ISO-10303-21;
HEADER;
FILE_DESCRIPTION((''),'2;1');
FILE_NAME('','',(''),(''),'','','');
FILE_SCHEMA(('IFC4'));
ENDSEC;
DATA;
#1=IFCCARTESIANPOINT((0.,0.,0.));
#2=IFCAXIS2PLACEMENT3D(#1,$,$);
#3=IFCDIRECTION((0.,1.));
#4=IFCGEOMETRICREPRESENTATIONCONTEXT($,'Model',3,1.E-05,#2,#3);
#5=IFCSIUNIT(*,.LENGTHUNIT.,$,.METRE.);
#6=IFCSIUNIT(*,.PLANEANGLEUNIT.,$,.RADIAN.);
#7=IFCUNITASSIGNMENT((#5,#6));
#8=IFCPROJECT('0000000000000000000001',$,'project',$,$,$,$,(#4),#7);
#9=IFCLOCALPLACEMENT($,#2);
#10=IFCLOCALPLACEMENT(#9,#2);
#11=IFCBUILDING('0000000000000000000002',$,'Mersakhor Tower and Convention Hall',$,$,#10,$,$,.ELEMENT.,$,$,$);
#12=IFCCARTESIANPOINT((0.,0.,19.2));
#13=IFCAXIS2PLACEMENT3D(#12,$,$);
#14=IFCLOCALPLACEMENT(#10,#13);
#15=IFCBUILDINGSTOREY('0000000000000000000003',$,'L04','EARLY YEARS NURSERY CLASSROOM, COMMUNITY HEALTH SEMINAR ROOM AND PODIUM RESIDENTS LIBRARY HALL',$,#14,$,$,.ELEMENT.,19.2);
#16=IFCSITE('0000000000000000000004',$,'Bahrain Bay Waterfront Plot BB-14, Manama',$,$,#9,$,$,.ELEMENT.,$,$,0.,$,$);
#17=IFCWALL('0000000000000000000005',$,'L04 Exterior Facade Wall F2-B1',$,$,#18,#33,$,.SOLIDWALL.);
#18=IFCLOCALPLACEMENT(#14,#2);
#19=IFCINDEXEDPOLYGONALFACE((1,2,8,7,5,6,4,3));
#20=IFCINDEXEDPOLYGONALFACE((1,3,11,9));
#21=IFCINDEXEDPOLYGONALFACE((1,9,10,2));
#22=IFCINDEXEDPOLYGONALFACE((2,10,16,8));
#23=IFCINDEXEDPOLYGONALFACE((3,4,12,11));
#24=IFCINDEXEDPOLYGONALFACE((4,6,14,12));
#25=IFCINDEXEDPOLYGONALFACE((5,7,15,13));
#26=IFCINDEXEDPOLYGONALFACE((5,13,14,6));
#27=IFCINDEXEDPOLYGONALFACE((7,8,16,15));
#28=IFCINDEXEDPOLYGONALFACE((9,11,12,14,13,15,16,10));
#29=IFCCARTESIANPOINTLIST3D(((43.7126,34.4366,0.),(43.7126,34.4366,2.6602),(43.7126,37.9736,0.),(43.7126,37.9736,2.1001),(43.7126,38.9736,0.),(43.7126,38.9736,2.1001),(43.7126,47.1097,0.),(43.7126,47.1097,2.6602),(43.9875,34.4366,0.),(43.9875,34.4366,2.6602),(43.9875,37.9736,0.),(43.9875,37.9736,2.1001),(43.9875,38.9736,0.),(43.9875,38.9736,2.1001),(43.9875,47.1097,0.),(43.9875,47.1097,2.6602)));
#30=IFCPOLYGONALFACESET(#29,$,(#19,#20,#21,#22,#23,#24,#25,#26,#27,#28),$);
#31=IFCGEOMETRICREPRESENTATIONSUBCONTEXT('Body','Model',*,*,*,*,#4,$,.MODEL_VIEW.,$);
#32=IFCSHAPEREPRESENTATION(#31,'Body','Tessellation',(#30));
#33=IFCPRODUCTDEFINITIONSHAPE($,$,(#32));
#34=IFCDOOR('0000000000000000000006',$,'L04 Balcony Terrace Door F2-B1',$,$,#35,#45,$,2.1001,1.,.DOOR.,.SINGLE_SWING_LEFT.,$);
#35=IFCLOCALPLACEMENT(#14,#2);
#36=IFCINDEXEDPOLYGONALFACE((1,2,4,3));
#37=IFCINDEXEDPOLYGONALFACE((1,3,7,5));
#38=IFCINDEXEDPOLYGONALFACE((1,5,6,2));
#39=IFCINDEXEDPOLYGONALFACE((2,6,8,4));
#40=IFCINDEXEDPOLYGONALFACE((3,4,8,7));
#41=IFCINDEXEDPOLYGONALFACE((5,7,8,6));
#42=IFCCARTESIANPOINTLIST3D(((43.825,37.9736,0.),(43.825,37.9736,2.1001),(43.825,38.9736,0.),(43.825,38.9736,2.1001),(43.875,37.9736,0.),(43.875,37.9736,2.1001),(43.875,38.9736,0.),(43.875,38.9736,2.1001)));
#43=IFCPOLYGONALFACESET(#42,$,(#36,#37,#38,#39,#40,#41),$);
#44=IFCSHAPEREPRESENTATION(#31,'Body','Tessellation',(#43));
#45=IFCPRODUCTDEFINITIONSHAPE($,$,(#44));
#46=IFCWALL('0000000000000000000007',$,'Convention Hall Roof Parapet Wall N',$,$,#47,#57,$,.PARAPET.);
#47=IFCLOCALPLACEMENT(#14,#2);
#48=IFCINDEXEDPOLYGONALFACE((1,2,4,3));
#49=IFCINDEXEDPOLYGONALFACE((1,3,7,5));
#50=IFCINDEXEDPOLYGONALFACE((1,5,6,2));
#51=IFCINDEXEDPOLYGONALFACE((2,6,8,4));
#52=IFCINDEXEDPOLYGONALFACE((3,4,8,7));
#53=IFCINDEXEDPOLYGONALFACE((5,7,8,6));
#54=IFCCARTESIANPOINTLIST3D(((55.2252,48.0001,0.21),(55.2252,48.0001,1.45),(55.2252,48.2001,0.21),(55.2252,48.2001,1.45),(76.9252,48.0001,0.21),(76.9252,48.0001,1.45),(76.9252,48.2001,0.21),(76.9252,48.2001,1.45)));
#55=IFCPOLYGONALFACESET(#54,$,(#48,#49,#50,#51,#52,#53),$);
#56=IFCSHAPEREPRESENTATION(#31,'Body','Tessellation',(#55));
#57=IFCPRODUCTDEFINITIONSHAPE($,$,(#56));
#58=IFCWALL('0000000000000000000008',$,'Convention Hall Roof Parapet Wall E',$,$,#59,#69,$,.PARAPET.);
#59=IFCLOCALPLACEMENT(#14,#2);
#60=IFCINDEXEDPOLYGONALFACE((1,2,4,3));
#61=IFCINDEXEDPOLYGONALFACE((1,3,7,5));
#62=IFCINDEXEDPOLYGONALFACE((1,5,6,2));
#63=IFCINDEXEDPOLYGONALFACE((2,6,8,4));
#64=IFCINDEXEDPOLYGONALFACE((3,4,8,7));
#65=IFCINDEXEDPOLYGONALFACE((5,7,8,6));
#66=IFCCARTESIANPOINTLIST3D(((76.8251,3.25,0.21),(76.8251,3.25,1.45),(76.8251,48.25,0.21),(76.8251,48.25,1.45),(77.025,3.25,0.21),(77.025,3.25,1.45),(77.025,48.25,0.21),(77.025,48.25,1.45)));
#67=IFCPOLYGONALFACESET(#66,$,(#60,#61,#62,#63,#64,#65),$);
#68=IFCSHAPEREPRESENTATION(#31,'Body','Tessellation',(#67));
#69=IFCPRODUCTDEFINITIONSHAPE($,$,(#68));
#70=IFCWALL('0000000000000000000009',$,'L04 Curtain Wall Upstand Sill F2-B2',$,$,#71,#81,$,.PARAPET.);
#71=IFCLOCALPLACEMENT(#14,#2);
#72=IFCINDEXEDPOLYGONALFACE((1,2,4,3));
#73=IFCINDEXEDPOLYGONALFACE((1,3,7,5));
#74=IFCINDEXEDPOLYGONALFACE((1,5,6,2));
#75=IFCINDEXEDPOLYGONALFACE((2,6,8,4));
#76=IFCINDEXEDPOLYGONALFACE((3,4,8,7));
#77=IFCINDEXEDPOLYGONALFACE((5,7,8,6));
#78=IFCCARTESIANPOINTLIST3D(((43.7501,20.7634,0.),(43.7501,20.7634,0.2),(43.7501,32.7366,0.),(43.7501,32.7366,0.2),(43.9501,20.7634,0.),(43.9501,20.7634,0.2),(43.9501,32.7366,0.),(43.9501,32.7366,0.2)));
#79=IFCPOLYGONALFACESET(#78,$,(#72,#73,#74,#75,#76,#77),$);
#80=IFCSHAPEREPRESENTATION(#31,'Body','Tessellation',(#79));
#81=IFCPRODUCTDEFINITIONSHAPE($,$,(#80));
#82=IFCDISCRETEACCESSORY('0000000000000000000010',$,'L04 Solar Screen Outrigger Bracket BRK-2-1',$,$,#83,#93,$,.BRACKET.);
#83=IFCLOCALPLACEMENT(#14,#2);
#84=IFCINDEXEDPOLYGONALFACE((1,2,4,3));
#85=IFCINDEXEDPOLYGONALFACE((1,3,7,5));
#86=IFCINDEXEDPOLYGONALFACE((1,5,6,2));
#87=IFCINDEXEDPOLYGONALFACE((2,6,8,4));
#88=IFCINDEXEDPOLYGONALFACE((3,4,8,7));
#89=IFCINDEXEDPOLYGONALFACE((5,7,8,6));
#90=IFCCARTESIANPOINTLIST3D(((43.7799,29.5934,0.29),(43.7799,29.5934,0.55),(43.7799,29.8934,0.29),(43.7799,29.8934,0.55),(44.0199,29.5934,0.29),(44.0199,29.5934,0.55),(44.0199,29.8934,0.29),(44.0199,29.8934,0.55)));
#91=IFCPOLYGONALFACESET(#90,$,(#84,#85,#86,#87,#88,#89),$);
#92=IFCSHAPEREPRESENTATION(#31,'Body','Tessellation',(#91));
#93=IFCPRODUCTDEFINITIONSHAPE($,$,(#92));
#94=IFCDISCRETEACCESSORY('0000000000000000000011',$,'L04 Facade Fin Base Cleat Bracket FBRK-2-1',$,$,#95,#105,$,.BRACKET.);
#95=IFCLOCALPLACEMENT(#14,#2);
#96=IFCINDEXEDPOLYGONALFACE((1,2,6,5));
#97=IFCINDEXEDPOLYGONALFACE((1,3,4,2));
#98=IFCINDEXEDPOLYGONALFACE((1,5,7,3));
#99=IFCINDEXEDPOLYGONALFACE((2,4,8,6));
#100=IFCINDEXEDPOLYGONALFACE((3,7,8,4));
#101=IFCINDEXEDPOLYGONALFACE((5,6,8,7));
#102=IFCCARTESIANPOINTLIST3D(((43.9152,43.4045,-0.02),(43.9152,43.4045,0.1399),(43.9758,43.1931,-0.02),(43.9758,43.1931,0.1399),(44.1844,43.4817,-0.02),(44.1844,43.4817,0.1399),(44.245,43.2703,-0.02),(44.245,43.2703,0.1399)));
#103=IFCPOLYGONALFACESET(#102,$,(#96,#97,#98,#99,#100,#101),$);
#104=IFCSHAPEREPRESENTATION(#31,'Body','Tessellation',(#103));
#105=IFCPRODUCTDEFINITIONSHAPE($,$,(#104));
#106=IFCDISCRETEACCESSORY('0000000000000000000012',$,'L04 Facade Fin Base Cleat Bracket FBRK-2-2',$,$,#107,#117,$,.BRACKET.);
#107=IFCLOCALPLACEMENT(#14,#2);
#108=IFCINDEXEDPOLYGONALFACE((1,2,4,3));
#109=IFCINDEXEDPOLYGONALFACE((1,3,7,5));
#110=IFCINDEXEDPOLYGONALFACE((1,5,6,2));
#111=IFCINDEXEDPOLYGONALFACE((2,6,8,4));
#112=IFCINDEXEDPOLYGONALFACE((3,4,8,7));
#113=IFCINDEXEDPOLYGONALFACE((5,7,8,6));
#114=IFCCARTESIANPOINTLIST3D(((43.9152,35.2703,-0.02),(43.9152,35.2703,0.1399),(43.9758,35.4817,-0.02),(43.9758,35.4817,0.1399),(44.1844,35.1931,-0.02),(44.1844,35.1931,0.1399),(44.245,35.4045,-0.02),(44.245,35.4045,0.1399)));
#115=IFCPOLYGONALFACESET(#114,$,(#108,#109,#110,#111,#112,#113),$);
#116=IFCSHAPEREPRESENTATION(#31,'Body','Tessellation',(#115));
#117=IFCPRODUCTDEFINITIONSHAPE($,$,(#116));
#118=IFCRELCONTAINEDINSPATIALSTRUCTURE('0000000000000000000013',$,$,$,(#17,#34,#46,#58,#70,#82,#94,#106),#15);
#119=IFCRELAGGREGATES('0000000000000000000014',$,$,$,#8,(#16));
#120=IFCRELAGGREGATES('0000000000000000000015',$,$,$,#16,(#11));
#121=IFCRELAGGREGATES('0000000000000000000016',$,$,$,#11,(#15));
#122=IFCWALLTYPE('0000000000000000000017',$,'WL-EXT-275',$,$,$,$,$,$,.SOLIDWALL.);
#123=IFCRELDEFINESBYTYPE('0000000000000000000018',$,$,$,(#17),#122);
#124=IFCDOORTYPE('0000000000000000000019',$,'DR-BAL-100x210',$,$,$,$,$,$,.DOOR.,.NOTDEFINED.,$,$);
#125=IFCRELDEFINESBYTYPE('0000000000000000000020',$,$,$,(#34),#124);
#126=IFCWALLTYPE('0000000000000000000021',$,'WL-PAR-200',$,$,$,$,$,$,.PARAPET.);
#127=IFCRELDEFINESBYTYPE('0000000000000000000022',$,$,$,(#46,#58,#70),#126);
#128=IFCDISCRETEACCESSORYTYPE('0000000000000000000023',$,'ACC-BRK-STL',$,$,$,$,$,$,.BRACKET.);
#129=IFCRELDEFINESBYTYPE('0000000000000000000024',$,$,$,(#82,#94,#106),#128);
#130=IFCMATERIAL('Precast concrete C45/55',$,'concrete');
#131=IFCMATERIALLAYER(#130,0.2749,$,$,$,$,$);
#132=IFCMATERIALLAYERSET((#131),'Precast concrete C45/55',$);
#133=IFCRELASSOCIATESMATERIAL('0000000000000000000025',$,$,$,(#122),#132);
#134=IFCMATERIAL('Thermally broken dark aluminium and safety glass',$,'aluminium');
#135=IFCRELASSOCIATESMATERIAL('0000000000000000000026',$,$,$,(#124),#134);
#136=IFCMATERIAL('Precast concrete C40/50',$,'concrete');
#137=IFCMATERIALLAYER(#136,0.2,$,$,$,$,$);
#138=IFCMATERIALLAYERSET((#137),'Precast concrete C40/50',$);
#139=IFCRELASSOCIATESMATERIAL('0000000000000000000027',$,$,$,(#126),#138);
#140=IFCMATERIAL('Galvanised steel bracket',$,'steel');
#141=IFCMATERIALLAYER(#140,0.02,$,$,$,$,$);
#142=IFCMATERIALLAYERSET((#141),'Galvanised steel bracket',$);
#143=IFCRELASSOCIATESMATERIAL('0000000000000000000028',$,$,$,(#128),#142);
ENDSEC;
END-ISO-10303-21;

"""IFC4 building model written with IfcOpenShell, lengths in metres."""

from ifc_helpers import new_model, si_unit, direction, frame, frame_2d, origin, origin_2d, place, context, subcontext, project, spatial, rectangle, extrude, material, layer, layer_set, type_object, element, fill, save


model = new_model("IFC4")

# Units and contexts
model_context = context("Model", 3, precision=1e-05, world=origin(), true_north=direction((0.0, 1.0)))
body_context = subcontext(model_context, "Body", "Model", "MODEL_VIEW")
ifc_project = project(units=[si_unit("LENGTHUNIT", "METRE"), si_unit("PLANEANGLEUNIT", "RADIAN")], contexts=[model_context])

# Site, building, storey
site_placement = place(None, origin())
site = spatial("IfcSite", under=ifc_project, at=site_placement, Name="Bahrain Bay Waterfront Plot BB-14, Manama", CompositionType="ELEMENT", RefElevation=0.0)
building_placement = place(site_placement, origin())
building = spatial("IfcBuilding", under=site, at=building_placement, Name="Mersakhor Tower and Convention Hall", CompositionType="ELEMENT")
storey_placement = place(building_placement, frame((0.0, 0.0, 19.2)))
storey = spatial("IfcBuildingStorey", under=building, at=storey_placement, Name="L04", Description="EARLY YEARS NURSERY CLASSROOM, COMMUNITY HEALTH SEMINAR ROOM AND PODIUM RESIDENTS LIBRARY HALL", CompositionType="ELEMENT", Elevation=19.2)

# Wall, opening, door
ifc_material_1 = material(Name="Precast concrete C45/55", Category="concrete")
ifc_layer_1 = layer(ifc_material_1, 0.2749)
ifc_layer_set_1 = layer_set([ifc_layer_1], Name="Precast concrete C45/55")
wall_type_1 = type_object("IfcWallType", Name="WL-EXT-275", PredefinedType="SOLIDWALL", material=ifc_layer_set_1)
wall_1_placement = place(storey_placement, frame((43.8501, 47.1096, 0.0), z_axis=(0.0, 0.0, 1.0), x_axis=(0.0, -1.0, 0.0)))
wall_1 = element("IfcWall", 1, at=wall_1_placement, inside=storey, type_object=wall_type_1, Name="L04 Exterior Facade Wall F2-B1", PredefinedType="SOLIDWALL", context=body_context, shape_type="SweptSolid", body=[
    extrude(rectangle(XDim=12.6731, YDim=0.2749, at=frame_2d((6.3364, 0.0))), origin(), (0.0, 0.0, 1.0), 2.6602),
])
opening_placement = place(wall_1_placement, frame((8.136, 0.0, 0.0)))
opening = element("IfcOpeningElement", 2, at=opening_placement, cuts=wall_1, PredefinedType="OPENING", context=body_context, shape_type="SweptSolid", body=[
    extrude(rectangle(XDim=1.0, YDim=2.1001, at=frame_2d((0.5, 1.05))), frame((0.0, 0.1475, 0.0), z_axis=(0.0, -1.0, 0.0), x_axis=(1.0, 0.0, 0.0)), (0.0, 0.0, 1.0), 0.2949),
])
ifc_material_2 = material(Name="Thermally broken dark aluminium and safety glass", Category="aluminium")
door_type = type_object("IfcDoorType", Name="DR-BAL-100x210", OperationType="NOTDEFINED", PredefinedType="DOOR", material=ifc_material_2)
door_placement = place(opening_placement, origin())
door = element("IfcDoor", 3, at=door_placement, inside=storey, type_object=door_type, Name="L04 Balcony Terrace Door F2-B1", OperationType="SINGLE_SWING_LEFT", OverallHeight=2.1001, OverallWidth=1.0, PredefinedType="DOOR", context=body_context, shape_type="SweptSolid", body=[
    extrude(rectangle(XDim=1.0, YDim=2.1001, at=frame_2d((0.5, 1.05))), frame((0.0, 0.0249, 0.0), z_axis=(0.0, -1.0, 0.0), x_axis=(1.0, 0.0, 0.0)), (0.0, 0.0, 1.0), 0.05),
])
fill(opening, door)

# Walls
ifc_material_3 = material(Name="Precast concrete C40/50", Category="concrete")
ifc_layer_2 = layer(ifc_material_3, 0.2)
ifc_layer_set_2 = layer_set([ifc_layer_2], Name="Precast concrete C40/50")
wall_type_2 = type_object("IfcWallType", Name="WL-PAR-200", PredefinedType="PARAPET", material=ifc_layer_set_2)
wall_2_placement = place(storey_placement, frame((55.2251, 48.1001, 0.21), z_axis=(0.0, 0.0, 1.0), x_axis=(1.0, 0.0, 0.0)))
element("IfcWall", 4, at=wall_2_placement, inside=storey, type_object=wall_type_2, Name="Convention Hall Roof Parapet Wall N", PredefinedType="PARAPET", context=body_context, shape_type="SweptSolid", body=[
    extrude(rectangle(XDim=21.7, YDim=0.2, at=frame_2d((10.8501, 0.0))), origin(), (0.0, 0.0, 1.0), 1.24),
])
wall_3_placement = place(storey_placement, frame((76.925, 48.25, 0.21), z_axis=(0.0, 0.0, 1.0), x_axis=(0.0, -1.0, 0.0)))
element("IfcWall", 5, at=wall_3_placement, inside=storey, type_object=wall_type_2, Name="Convention Hall Roof Parapet Wall E", PredefinedType="PARAPET", context=body_context, shape_type="SweptSolid", body=[
    extrude(rectangle(XDim=45.0, YDim=0.2, at=frame_2d((22.5, 0.0))), origin(), (0.0, 0.0, 1.0), 1.24),
])
wall_4_placement = place(storey_placement, frame((43.8501, 32.7366, 0.0), z_axis=(0.0, 0.0, 1.0), x_axis=(0.0, -1.0, 0.0)))
element("IfcWall", 6, at=wall_4_placement, inside=storey, type_object=wall_type_2, Name="L04 Curtain Wall Upstand Sill F2-B2", PredefinedType="PARAPET", context=body_context, shape_type="SweptSolid", body=[
    extrude(rectangle(XDim=11.9731, YDim=0.2, at=frame_2d((5.9866, 0.0))), origin(), (0.0, 0.0, 1.0), 0.2),
])

# Discrete accessories
ifc_material_4 = material(Name="Galvanised steel bracket", Category="steel")
ifc_layer_3 = layer(ifc_material_4, 0.02)
ifc_layer_set_3 = layer_set([ifc_layer_3], Name="Galvanised steel bracket")
discrete_accessory_type = type_object("IfcDiscreteAccessoryType", Name="ACC-BRK-STL", PredefinedType="BRACKET", material=ifc_layer_set_3)
discrete_accessory_placement = place(storey_placement, frame((43.8999, 29.7434, 0.29), z_axis=(0.0, 0.0, 1.0), x_axis=(0.0, -1.0, 0.0)))
element("IfcDiscreteAccessory", 7, at=discrete_accessory_placement, inside=storey, type_object=discrete_accessory_type, Name="L04 Solar Screen Outrigger Bracket BRK-2-1", PredefinedType="BRACKET", context=body_context, shape_type="SweptSolid", body=[
    extrude(rectangle(XDim=0.3, YDim=0.24, at=origin_2d()), origin(), (0.0, 0.0, 1.0), 0.26),
])
for number, where, z_axis, x_axis, name in (
    (8, (44.0801, 43.3374, -0.02), (0.0, 0.0, 1.0), (0.961262, 0.275637, 0.0), "L04 Facade Fin Base Cleat Bracket FBRK-2-1"),
    (9, (44.0801, 35.3374, -0.02), (0.0, 0.0, 1.0), (0.961262, -0.275637, 0.0), "L04 Facade Fin Base Cleat Bracket FBRK-2-2"),
):
    element("IfcDiscreteAccessory", number, at=place(storey_placement, frame(where, z_axis=z_axis, x_axis=x_axis)), inside=storey, type_object=discrete_accessory_type, Name=name, PredefinedType="BRACKET", context=body_context, shape_type="SweptSolid", body=[
        extrude(rectangle(XDim=0.28, YDim=0.22, at=origin_2d()), origin(), (0.0, 0.0, 1.0), 0.1599),
    ])

save(model, "model.ifc")
